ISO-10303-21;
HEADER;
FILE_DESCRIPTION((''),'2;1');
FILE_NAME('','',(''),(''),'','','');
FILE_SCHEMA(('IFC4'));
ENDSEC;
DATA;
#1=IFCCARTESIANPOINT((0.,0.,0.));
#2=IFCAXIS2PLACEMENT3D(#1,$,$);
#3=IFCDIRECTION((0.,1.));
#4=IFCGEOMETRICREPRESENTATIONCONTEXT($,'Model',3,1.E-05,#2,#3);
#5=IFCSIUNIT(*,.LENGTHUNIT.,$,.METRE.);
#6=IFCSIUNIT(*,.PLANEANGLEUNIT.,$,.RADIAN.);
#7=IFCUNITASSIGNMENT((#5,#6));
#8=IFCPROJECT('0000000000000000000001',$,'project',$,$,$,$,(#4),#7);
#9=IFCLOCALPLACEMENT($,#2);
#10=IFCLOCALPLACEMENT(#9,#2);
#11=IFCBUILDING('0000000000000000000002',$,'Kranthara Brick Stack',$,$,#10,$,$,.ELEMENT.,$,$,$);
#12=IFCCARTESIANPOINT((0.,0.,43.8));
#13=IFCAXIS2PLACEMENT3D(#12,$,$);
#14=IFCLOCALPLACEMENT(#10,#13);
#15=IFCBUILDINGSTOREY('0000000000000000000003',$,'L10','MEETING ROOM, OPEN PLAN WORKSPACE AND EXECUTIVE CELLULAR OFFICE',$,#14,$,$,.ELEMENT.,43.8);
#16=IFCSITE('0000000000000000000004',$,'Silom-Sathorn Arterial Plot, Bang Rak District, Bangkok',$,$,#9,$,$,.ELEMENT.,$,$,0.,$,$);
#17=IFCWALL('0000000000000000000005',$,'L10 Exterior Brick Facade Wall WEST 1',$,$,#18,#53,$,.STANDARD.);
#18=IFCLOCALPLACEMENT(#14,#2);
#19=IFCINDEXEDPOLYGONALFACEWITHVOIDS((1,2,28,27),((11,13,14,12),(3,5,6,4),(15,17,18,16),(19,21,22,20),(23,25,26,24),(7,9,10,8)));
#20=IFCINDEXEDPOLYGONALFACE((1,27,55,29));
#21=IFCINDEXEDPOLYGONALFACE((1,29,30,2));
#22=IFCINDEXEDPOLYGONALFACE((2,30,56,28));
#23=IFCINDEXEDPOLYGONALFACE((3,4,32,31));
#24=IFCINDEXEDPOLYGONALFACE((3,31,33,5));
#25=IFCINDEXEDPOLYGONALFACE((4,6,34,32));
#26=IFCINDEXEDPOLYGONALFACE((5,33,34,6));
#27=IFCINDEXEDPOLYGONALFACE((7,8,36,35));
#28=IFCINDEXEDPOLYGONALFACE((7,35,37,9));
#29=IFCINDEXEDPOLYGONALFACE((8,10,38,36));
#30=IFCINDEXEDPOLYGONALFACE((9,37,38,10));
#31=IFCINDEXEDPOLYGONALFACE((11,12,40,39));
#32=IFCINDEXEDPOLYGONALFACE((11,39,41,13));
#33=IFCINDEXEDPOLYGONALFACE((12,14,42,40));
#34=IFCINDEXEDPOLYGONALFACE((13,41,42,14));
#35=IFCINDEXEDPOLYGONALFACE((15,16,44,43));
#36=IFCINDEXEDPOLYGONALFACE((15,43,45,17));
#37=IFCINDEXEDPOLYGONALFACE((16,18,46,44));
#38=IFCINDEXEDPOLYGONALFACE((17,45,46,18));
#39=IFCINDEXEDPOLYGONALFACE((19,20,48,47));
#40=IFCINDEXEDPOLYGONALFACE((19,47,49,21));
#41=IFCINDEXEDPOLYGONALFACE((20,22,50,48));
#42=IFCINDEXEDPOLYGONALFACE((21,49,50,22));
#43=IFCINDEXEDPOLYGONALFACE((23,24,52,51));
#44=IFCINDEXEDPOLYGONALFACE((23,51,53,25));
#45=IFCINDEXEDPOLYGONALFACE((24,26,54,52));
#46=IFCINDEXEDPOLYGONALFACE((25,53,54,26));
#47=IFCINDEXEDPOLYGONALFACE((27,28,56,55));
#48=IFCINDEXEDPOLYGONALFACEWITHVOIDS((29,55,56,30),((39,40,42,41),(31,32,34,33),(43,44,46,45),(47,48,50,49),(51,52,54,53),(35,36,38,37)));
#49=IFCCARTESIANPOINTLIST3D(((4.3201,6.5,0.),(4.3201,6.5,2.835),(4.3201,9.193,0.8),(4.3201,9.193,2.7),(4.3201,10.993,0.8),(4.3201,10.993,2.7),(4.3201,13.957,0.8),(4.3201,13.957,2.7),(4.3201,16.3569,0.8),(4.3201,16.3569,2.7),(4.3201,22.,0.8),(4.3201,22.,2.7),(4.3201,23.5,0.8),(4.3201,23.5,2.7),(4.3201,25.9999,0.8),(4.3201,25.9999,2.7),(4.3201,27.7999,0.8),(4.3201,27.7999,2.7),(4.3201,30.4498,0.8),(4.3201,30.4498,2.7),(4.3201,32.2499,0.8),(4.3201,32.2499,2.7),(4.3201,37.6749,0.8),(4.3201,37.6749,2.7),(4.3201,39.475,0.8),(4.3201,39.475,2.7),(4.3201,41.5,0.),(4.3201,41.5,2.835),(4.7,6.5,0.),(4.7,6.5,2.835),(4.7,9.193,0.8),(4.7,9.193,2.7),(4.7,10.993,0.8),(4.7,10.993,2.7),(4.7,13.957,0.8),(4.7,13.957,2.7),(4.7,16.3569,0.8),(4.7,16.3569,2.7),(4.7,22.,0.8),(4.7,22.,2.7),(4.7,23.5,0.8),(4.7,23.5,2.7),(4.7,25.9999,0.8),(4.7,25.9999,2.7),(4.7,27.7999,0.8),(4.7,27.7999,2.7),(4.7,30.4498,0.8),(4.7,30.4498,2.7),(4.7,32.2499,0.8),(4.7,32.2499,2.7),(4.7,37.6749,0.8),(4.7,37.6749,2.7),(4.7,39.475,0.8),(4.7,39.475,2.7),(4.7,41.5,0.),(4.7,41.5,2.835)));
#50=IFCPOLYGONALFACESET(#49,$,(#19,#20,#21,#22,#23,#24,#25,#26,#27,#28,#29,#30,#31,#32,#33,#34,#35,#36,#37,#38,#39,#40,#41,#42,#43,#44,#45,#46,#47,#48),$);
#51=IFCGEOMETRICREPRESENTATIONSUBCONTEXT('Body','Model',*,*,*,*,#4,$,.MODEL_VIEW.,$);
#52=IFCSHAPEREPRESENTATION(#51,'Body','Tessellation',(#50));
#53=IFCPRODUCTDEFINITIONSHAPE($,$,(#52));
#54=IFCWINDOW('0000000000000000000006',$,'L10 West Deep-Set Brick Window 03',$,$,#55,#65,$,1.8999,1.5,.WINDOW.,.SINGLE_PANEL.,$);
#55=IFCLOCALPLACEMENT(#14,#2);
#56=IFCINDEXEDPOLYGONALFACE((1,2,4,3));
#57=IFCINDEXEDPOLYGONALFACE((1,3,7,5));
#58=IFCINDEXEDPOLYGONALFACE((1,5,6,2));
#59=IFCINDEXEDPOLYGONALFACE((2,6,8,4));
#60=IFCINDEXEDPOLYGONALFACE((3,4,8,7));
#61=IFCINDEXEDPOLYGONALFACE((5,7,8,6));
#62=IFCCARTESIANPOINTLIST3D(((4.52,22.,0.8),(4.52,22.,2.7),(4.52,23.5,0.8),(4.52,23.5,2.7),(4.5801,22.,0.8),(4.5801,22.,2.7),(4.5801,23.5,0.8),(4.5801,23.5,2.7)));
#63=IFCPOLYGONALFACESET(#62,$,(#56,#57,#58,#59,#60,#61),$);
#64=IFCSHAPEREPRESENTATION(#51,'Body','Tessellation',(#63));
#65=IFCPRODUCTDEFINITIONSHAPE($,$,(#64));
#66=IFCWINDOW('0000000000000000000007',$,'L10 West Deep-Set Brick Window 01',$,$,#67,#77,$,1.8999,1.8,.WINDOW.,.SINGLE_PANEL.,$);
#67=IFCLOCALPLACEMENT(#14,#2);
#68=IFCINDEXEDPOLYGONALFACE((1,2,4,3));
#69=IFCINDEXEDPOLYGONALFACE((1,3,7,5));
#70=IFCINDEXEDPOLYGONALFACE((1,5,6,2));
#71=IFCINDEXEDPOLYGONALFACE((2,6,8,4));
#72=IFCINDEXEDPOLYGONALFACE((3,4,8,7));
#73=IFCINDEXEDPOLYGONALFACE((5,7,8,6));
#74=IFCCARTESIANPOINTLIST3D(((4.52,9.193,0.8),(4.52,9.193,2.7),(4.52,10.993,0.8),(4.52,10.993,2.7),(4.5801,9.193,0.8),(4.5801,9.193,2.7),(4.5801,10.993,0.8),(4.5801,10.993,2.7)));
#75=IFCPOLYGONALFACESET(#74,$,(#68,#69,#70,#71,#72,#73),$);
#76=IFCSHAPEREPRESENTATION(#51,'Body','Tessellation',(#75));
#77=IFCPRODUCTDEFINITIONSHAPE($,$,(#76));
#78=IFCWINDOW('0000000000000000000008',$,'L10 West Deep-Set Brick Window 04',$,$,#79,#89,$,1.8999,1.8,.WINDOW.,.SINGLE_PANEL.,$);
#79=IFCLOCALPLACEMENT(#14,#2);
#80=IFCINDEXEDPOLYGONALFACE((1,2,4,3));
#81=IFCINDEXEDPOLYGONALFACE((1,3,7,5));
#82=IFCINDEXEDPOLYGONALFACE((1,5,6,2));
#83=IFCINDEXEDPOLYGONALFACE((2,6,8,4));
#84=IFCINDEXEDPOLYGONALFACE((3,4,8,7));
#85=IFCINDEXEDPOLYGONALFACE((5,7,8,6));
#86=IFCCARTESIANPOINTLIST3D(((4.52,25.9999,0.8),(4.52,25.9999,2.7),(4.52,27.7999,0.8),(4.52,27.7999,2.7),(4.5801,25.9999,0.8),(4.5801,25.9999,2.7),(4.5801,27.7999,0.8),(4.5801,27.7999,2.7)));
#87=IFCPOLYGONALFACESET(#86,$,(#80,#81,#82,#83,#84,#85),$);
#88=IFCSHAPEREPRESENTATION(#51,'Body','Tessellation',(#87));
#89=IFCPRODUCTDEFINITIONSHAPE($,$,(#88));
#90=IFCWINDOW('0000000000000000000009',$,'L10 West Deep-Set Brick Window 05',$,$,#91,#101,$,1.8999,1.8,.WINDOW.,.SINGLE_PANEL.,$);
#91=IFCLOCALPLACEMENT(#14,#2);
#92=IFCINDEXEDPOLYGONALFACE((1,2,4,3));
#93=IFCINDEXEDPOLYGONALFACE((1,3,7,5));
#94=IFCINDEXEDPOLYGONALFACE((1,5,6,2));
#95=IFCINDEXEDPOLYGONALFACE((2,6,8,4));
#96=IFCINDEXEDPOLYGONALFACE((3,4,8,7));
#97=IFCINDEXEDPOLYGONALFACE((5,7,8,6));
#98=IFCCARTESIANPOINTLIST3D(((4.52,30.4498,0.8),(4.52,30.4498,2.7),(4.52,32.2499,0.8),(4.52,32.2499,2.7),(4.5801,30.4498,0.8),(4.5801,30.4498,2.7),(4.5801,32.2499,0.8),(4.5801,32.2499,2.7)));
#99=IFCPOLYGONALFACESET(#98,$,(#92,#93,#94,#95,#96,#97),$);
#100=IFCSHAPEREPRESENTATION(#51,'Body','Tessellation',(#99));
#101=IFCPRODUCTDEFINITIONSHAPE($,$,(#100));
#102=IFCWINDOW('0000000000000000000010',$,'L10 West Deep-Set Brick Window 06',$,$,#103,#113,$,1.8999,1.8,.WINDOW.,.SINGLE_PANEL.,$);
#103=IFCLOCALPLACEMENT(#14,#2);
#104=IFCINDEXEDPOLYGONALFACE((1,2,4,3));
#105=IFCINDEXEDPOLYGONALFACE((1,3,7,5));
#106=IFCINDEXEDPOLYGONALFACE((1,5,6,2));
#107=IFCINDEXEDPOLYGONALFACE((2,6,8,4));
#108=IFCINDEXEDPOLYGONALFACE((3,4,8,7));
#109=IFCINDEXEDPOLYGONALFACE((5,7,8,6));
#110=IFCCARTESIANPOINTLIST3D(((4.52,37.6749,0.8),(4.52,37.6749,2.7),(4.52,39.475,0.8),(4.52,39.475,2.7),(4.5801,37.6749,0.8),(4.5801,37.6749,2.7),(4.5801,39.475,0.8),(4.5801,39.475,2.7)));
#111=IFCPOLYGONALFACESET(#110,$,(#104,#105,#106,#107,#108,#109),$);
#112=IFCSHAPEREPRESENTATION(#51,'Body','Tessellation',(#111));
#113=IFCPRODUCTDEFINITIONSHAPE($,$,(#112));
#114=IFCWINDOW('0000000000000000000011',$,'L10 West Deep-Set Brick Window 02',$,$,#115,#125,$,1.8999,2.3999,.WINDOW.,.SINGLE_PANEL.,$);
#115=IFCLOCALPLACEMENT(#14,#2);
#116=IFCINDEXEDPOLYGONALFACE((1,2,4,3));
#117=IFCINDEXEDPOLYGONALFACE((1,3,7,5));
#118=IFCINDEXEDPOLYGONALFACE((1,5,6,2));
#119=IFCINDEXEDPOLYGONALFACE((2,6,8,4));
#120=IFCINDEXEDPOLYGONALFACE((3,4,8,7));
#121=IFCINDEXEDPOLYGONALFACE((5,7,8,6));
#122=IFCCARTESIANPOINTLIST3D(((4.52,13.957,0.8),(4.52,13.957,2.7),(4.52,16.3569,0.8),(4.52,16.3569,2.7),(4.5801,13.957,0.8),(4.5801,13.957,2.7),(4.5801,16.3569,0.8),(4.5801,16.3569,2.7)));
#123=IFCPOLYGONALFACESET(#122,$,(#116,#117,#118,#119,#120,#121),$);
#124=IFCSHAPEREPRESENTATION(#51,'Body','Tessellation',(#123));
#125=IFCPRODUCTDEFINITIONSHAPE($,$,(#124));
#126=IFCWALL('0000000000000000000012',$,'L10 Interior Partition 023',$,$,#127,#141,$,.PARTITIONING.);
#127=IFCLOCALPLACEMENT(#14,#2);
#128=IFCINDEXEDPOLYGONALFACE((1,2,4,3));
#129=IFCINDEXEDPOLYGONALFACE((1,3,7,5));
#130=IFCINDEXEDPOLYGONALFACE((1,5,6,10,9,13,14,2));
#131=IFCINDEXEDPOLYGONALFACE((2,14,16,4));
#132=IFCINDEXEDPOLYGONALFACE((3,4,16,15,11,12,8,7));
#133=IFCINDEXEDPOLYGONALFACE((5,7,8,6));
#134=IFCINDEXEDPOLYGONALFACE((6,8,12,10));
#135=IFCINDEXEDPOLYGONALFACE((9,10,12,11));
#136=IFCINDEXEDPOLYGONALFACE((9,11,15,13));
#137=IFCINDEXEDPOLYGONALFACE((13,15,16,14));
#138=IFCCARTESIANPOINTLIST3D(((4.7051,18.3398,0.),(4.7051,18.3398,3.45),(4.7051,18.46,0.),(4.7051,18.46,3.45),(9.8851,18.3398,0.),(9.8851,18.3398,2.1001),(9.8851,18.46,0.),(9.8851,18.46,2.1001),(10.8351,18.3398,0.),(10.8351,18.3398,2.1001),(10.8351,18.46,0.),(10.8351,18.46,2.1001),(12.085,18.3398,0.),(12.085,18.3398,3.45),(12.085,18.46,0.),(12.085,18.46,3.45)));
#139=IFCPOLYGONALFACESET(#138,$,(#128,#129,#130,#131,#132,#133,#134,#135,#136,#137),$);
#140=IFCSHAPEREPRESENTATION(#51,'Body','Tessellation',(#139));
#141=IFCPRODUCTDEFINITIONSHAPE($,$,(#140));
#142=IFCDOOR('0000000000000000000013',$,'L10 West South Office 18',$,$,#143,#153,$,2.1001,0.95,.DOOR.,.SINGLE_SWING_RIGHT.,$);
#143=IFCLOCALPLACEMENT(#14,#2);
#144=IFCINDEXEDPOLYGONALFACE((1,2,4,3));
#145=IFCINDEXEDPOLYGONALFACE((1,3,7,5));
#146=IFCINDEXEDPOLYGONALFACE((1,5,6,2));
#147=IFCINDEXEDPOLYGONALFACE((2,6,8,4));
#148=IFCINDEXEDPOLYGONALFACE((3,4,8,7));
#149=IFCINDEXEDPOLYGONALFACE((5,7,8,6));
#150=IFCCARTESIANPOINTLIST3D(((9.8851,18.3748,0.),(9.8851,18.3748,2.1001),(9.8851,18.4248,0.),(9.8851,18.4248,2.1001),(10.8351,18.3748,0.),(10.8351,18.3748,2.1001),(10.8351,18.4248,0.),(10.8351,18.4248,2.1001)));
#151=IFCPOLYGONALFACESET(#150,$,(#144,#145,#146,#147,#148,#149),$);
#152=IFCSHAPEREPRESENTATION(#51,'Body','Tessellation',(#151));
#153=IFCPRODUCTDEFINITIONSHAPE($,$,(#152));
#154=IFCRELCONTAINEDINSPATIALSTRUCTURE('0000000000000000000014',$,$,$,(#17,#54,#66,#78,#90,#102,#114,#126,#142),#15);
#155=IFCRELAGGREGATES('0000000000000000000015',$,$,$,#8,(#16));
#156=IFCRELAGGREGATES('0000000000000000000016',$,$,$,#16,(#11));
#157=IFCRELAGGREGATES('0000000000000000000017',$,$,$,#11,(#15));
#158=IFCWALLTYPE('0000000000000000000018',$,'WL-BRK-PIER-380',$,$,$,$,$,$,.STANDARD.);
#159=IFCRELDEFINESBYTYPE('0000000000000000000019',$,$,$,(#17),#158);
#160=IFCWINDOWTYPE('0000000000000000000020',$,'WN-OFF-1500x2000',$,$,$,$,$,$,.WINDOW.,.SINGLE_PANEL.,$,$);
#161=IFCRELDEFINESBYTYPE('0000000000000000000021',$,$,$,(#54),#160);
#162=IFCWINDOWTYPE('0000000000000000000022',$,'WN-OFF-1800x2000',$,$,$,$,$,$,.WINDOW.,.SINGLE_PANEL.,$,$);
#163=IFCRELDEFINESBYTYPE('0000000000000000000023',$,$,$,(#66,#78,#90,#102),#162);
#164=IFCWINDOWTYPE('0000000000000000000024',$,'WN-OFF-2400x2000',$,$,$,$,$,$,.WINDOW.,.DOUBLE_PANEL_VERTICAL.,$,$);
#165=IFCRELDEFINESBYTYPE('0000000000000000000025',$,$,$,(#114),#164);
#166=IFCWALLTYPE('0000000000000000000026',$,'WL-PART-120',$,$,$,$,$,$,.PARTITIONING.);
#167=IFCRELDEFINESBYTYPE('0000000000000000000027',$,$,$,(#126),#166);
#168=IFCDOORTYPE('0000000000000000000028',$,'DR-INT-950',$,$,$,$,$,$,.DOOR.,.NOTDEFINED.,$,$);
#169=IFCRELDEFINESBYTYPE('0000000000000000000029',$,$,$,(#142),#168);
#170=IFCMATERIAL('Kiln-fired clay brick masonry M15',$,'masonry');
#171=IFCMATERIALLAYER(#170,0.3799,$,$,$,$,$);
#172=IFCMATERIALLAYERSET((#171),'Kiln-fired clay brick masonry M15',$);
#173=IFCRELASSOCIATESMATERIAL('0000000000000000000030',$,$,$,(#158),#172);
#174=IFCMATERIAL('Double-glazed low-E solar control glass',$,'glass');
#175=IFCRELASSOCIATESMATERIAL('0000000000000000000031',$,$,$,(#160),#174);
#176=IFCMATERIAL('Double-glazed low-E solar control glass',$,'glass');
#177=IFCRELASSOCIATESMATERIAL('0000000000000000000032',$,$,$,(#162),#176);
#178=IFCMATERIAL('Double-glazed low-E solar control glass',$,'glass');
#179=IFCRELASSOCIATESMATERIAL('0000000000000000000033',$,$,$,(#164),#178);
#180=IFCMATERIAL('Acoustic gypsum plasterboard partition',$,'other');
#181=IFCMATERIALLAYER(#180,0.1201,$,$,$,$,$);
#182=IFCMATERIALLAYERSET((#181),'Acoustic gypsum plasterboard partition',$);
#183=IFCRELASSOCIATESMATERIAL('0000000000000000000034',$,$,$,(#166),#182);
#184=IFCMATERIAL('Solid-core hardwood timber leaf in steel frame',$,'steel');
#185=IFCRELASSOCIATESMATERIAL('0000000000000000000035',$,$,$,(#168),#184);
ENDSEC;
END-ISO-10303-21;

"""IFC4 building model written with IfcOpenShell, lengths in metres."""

from ifc_helpers import new_model, si_unit, direction, frame, frame_2d, origin, place, context, subcontext, project, spatial, rectangle, extrude, material, layer, layer_set, type_object, element, fill, save


model = new_model("IFC4")

# Units and contexts
model_context = context("Model", 3, precision=1e-05, world=origin(), true_north=direction((0.0, 1.0)))
body_context = subcontext(model_context, "Body", "Model", "MODEL_VIEW")
ifc_project = project(units=[si_unit("LENGTHUNIT", "METRE"), si_unit("PLANEANGLEUNIT", "RADIAN")], contexts=[model_context])

# Site, building, storey
site_placement = place(None, origin())
site = spatial("IfcSite", under=ifc_project, at=site_placement, Name="Silom-Sathorn Arterial Plot, Bang Rak District, Bangkok", CompositionType="ELEMENT", RefElevation=0.0)
building_placement = place(site_placement, origin())
building = spatial("IfcBuilding", under=site, at=building_placement, Name="Kranthara Brick Stack", CompositionType="ELEMENT")
storey_placement = place(building_placement, frame((0.0, 0.0, 43.8)))
storey = spatial("IfcBuildingStorey", under=building, at=storey_placement, Name="L10", Description="MEETING ROOM, OPEN PLAN WORKSPACE AND EXECUTIVE CELLULAR OFFICE", CompositionType="ELEMENT", Elevation=43.8)

# Wall, openings, windows
ifc_material_1 = material(Name="Kiln-fired clay brick masonry M15", Category="masonry")
ifc_layer_1 = layer(ifc_material_1, 0.3799)
ifc_layer_set_1 = layer_set([ifc_layer_1], Name="Kiln-fired clay brick masonry M15")
wall_type_1 = type_object("IfcWallType", Name="WL-BRK-PIER-380", PredefinedType="STANDARD", material=ifc_layer_set_1)
wall_1_placement = place(storey_placement, frame((4.51, 6.5, 0.0), z_axis=(0.0, 0.0, 1.0), x_axis=(0.0, 1.0, 0.0)))
wall_1 = element("IfcWall", 1, at=wall_1_placement, inside=storey, type_object=wall_type_1, Name="L10 Exterior Brick Facade Wall WEST 1", PredefinedType="STANDARD", context=body_context, shape_type="SweptSolid", body=[
    extrude(rectangle(XDim=35.0, YDim=0.3799, at=frame_2d((17.5, 0.0))), origin(), (0.0, 0.0, 1.0), 2.835),
])
opening_1_placement = place(wall_1_placement, frame((2.6931, 0.0, 0.8)))
opening_1 = element("IfcOpeningElement", 2, at=opening_1_placement, cuts=wall_1, PredefinedType="OPENING", context=body_context, shape_type="SweptSolid", body=[
    extrude(rectangle(XDim=1.8, YDim=1.8999, at=frame_2d((0.8999, 0.95))), frame((0.0, 0.2, 0.0), z_axis=(0.0, -1.0, 0.0), x_axis=(1.0, 0.0, 0.0)), (0.0, 0.0, 1.0), 0.3999),
])
opening_2_placement = place(wall_1_placement, frame((7.457, 0.0, 0.8)))
opening_2 = element("IfcOpeningElement", 3, at=opening_2_placement, cuts=wall_1, PredefinedType="OPENING", context=body_context, shape_type="SweptSolid", body=[
    extrude(rectangle(XDim=2.3999, YDim=1.8999, at=frame_2d((1.2, 0.95))), frame((0.0, 0.2, 0.0), z_axis=(0.0, -1.0, 0.0), x_axis=(1.0, 0.0, 0.0)), (0.0, 0.0, 1.0), 0.3999),
])
opening_3_placement = place(wall_1_placement, frame((15.5, 0.0, 0.8)))
opening_3 = element("IfcOpeningElement", 4, at=opening_3_placement, cuts=wall_1, PredefinedType="OPENING", context=body_context, shape_type="SweptSolid", body=[
    extrude(rectangle(XDim=1.5, YDim=1.8999, at=frame_2d((0.75, 0.95))), frame((0.0, 0.2, 0.0), z_axis=(0.0, -1.0, 0.0), x_axis=(1.0, 0.0, 0.0)), (0.0, 0.0, 1.0), 0.3999),
])
opening_4_placement = place(wall_1_placement, frame((19.5, 0.0, 0.8)))
opening_4 = element("IfcOpeningElement", 5, at=opening_4_placement, cuts=wall_1, PredefinedType="OPENING", context=body_context, shape_type="SweptSolid", body=[
    extrude(rectangle(XDim=1.8, YDim=1.8999, at=frame_2d((0.8999, 0.95))), frame((0.0, 0.2, 0.0), z_axis=(0.0, -1.0, 0.0), x_axis=(1.0, 0.0, 0.0)), (0.0, 0.0, 1.0), 0.3999),
])
opening_5_placement = place(wall_1_placement, frame((23.95, 0.0, 0.8)))
opening_5 = element("IfcOpeningElement", 6, at=opening_5_placement, cuts=wall_1, PredefinedType="OPENING", context=body_context, shape_type="SweptSolid", body=[
    extrude(rectangle(XDim=1.8, YDim=1.8999, at=frame_2d((0.8999, 0.95))), frame((0.0, 0.2, 0.0), z_axis=(0.0, -1.0, 0.0), x_axis=(1.0, 0.0, 0.0)), (0.0, 0.0, 1.0), 0.3999),
])
opening_6_placement = place(wall_1_placement, frame((31.175, 0.0, 0.8)))
opening_6 = element("IfcOpeningElement", 7, at=opening_6_placement, cuts=wall_1, PredefinedType="OPENING", context=body_context, shape_type="SweptSolid", body=[
    extrude(rectangle(XDim=1.8, YDim=1.8999, at=frame_2d((0.8999, 0.95))), frame((0.0, 0.2, 0.0), z_axis=(0.0, -1.0, 0.0), x_axis=(1.0, 0.0, 0.0)), (0.0, 0.0, 1.0), 0.3999),
])
ifc_material_2 = material(Name="Double-glazed low-E solar control glass", Category="glass")
window_type_1 = type_object("IfcWindowType", Name="WN-OFF-1500x2000", PartitioningType="SINGLE_PANEL", PredefinedType="WINDOW", material=ifc_material_2)
window_1_placement = place(opening_3_placement, origin())
window_1 = element("IfcWindow", 8, at=window_1_placement, inside=storey, type_object=window_type_1, Name="L10 West Deep-Set Brick Window 03", OverallHeight=1.8999, OverallWidth=1.5, PartitioningType="SINGLE_PANEL", PredefinedType="WINDOW", context=body_context, shape_type="SweptSolid", body=[
    extrude(rectangle(XDim=1.5, YDim=1.8999, at=frame_2d((0.75, 0.95))), frame((0.0, -0.01, 0.0), z_axis=(0.0, -1.0, 0.0), x_axis=(1.0, 0.0, 0.0)), (0.0, 0.0, 1.0), 0.0601),
])
fill(opening_3, window_1)
ifc_material_3 = material(Name="Double-glazed low-E solar control glass", Category="glass")
window_type_2 = type_object("IfcWindowType", Name="WN-OFF-1800x2000", PartitioningType="SINGLE_PANEL", PredefinedType="WINDOW", material=ifc_material_3)
window_2_placement = place(opening_1_placement, origin())
window_2 = element("IfcWindow", 9, at=window_2_placement, inside=storey, type_object=window_type_2, Name="L10 West Deep-Set Brick Window 01", OverallHeight=1.8999, OverallWidth=1.8, PartitioningType="SINGLE_PANEL", PredefinedType="WINDOW", context=body_context, shape_type="SweptSolid", body=[
    extrude(rectangle(XDim=1.8, YDim=1.8999, at=frame_2d((0.8999, 0.95))), frame((0.0, -0.01, 0.0), z_axis=(0.0, -1.0, 0.0), x_axis=(1.0, 0.0, 0.0)), (0.0, 0.0, 1.0), 0.0601),
])
fill(opening_1, window_2)
window_3_placement = place(opening_4_placement, origin())
window_3 = element("IfcWindow", 10, at=window_3_placement, inside=storey, type_object=window_type_2, Name="L10 West Deep-Set Brick Window 04", OverallHeight=1.8999, OverallWidth=1.8, PartitioningType="SINGLE_PANEL", PredefinedType="WINDOW", context=body_context, shape_type="SweptSolid", body=[
    extrude(rectangle(XDim=1.8, YDim=1.8999, at=frame_2d((0.8999, 0.95))), frame((0.0, -0.01, 0.0), z_axis=(0.0, -1.0, 0.0), x_axis=(1.0, 0.0, 0.0)), (0.0, 0.0, 1.0), 0.0601),
])
fill(opening_4, window_3)
window_4_placement = place(opening_5_placement, origin())
window_4 = element("IfcWindow", 11, at=window_4_placement, inside=storey, type_object=window_type_2, Name="L10 West Deep-Set Brick Window 05", OverallHeight=1.8999, OverallWidth=1.8, PartitioningType="SINGLE_PANEL", PredefinedType="WINDOW", context=body_context, shape_type="SweptSolid", body=[
    extrude(rectangle(XDim=1.8, YDim=1.8999, at=frame_2d((0.8999, 0.95))), frame((0.0, -0.01, 0.0), z_axis=(0.0, -1.0, 0.0), x_axis=(1.0, 0.0, 0.0)), (0.0, 0.0, 1.0), 0.0601),
])
fill(opening_5, window_4)
window_5_placement = place(opening_6_placement, origin())
window_5 = element("IfcWindow", 12, at=window_5_placement, inside=storey, type_object=window_type_2, Name="L10 West Deep-Set Brick Window 06", OverallHeight=1.8999, OverallWidth=1.8, PartitioningType="SINGLE_PANEL", PredefinedType="WINDOW", context=body_context, shape_type="SweptSolid", body=[
    extrude(rectangle(XDim=1.8, YDim=1.8999, at=frame_2d((0.8999, 0.95))), frame((0.0, -0.01, 0.0), z_axis=(0.0, -1.0, 0.0), x_axis=(1.0, 0.0, 0.0)), (0.0, 0.0, 1.0), 0.0601),
])
fill(opening_6, window_5)
ifc_material_4 = material(Name="Double-glazed low-E solar control glass", Category="glass")
window_type_3 = type_object("IfcWindowType", Name="WN-OFF-2400x2000", PartitioningType="DOUBLE_PANEL_VERTICAL", PredefinedType="WINDOW", material=ifc_material_4)
window_6_placement = place(opening_2_placement, origin())
window_6 = element("IfcWindow", 13, at=window_6_placement, inside=storey, type_object=window_type_3, Name="L10 West Deep-Set Brick Window 02", OverallHeight=1.8999, OverallWidth=2.3999, PartitioningType="SINGLE_PANEL", PredefinedType="WINDOW", context=body_context, shape_type="SweptSolid", body=[
    extrude(rectangle(XDim=2.3999, YDim=1.8999, at=frame_2d((1.2, 0.95))), frame((0.0, -0.01, 0.0), z_axis=(0.0, -1.0, 0.0), x_axis=(1.0, 0.0, 0.0)), (0.0, 0.0, 1.0), 0.0601),
])
fill(opening_2, window_6)

# Wall, opening, door
ifc_material_5 = material(Name="Acoustic gypsum plasterboard partition", Category="other")
ifc_layer_2 = layer(ifc_material_5, 0.1201)
ifc_layer_set_2 = layer_set([ifc_layer_2], Name="Acoustic gypsum plasterboard partition")
wall_type_2 = type_object("IfcWallType", Name="WL-PART-120", PredefinedType="PARTITIONING", material=ifc_layer_set_2)
wall_2_placement = place(storey_placement, frame((4.7051, 18.3999, 0.0), z_axis=(0.0, 0.0, 1.0), x_axis=(1.0, 0.0, 0.0)))
wall_2 = element("IfcWall", 14, at=wall_2_placement, inside=storey, type_object=wall_type_2, Name="L10 Interior Partition 023", PredefinedType="PARTITIONING", context=body_context, shape_type="SweptSolid", body=[
    extrude(rectangle(XDim=7.3799, YDim=0.1201, at=frame_2d((3.6899, 0.0))), origin(), (0.0, 0.0, 1.0), 3.45),
])
opening_7_placement = place(wall_2_placement, frame((5.1799, 0.0, 0.0)))
opening_7 = element("IfcOpeningElement", 15, at=opening_7_placement, cuts=wall_2, PredefinedType="OPENING", context=body_context, shape_type="SweptSolid", body=[
    extrude(rectangle(XDim=0.95, YDim=2.1001, at=frame_2d((0.4751, 1.05))), frame((0.0, 0.0701, 0.0), z_axis=(0.0, -1.0, 0.0), x_axis=(1.0, 0.0, 0.0)), (0.0, 0.0, 1.0), 0.1401),
])
ifc_material_6 = material(Name="Solid-core hardwood timber leaf in steel frame", Category="steel")
door_type = type_object("IfcDoorType", Name="DR-INT-950", OperationType="NOTDEFINED", PredefinedType="DOOR", material=ifc_material_6)
door_placement = place(opening_7_placement, origin())
door = element("IfcDoor", 16, at=door_placement, inside=storey, type_object=door_type, Name="L10 West South Office 18", OperationType="SINGLE_SWING_RIGHT", OverallHeight=2.1001, OverallWidth=0.95, PredefinedType="DOOR", context=body_context, shape_type="SweptSolid", body=[
    extrude(rectangle(XDim=0.95, YDim=2.1001, at=frame_2d((0.4751, 1.05))), frame((0.0, 0.0249, 0.0), z_axis=(0.0, -1.0, 0.0), x_axis=(1.0, 0.0, 0.0)), (0.0, 0.0, 1.0), 0.05),
])
fill(opening_7, door)

save(model, "model.ifc")
